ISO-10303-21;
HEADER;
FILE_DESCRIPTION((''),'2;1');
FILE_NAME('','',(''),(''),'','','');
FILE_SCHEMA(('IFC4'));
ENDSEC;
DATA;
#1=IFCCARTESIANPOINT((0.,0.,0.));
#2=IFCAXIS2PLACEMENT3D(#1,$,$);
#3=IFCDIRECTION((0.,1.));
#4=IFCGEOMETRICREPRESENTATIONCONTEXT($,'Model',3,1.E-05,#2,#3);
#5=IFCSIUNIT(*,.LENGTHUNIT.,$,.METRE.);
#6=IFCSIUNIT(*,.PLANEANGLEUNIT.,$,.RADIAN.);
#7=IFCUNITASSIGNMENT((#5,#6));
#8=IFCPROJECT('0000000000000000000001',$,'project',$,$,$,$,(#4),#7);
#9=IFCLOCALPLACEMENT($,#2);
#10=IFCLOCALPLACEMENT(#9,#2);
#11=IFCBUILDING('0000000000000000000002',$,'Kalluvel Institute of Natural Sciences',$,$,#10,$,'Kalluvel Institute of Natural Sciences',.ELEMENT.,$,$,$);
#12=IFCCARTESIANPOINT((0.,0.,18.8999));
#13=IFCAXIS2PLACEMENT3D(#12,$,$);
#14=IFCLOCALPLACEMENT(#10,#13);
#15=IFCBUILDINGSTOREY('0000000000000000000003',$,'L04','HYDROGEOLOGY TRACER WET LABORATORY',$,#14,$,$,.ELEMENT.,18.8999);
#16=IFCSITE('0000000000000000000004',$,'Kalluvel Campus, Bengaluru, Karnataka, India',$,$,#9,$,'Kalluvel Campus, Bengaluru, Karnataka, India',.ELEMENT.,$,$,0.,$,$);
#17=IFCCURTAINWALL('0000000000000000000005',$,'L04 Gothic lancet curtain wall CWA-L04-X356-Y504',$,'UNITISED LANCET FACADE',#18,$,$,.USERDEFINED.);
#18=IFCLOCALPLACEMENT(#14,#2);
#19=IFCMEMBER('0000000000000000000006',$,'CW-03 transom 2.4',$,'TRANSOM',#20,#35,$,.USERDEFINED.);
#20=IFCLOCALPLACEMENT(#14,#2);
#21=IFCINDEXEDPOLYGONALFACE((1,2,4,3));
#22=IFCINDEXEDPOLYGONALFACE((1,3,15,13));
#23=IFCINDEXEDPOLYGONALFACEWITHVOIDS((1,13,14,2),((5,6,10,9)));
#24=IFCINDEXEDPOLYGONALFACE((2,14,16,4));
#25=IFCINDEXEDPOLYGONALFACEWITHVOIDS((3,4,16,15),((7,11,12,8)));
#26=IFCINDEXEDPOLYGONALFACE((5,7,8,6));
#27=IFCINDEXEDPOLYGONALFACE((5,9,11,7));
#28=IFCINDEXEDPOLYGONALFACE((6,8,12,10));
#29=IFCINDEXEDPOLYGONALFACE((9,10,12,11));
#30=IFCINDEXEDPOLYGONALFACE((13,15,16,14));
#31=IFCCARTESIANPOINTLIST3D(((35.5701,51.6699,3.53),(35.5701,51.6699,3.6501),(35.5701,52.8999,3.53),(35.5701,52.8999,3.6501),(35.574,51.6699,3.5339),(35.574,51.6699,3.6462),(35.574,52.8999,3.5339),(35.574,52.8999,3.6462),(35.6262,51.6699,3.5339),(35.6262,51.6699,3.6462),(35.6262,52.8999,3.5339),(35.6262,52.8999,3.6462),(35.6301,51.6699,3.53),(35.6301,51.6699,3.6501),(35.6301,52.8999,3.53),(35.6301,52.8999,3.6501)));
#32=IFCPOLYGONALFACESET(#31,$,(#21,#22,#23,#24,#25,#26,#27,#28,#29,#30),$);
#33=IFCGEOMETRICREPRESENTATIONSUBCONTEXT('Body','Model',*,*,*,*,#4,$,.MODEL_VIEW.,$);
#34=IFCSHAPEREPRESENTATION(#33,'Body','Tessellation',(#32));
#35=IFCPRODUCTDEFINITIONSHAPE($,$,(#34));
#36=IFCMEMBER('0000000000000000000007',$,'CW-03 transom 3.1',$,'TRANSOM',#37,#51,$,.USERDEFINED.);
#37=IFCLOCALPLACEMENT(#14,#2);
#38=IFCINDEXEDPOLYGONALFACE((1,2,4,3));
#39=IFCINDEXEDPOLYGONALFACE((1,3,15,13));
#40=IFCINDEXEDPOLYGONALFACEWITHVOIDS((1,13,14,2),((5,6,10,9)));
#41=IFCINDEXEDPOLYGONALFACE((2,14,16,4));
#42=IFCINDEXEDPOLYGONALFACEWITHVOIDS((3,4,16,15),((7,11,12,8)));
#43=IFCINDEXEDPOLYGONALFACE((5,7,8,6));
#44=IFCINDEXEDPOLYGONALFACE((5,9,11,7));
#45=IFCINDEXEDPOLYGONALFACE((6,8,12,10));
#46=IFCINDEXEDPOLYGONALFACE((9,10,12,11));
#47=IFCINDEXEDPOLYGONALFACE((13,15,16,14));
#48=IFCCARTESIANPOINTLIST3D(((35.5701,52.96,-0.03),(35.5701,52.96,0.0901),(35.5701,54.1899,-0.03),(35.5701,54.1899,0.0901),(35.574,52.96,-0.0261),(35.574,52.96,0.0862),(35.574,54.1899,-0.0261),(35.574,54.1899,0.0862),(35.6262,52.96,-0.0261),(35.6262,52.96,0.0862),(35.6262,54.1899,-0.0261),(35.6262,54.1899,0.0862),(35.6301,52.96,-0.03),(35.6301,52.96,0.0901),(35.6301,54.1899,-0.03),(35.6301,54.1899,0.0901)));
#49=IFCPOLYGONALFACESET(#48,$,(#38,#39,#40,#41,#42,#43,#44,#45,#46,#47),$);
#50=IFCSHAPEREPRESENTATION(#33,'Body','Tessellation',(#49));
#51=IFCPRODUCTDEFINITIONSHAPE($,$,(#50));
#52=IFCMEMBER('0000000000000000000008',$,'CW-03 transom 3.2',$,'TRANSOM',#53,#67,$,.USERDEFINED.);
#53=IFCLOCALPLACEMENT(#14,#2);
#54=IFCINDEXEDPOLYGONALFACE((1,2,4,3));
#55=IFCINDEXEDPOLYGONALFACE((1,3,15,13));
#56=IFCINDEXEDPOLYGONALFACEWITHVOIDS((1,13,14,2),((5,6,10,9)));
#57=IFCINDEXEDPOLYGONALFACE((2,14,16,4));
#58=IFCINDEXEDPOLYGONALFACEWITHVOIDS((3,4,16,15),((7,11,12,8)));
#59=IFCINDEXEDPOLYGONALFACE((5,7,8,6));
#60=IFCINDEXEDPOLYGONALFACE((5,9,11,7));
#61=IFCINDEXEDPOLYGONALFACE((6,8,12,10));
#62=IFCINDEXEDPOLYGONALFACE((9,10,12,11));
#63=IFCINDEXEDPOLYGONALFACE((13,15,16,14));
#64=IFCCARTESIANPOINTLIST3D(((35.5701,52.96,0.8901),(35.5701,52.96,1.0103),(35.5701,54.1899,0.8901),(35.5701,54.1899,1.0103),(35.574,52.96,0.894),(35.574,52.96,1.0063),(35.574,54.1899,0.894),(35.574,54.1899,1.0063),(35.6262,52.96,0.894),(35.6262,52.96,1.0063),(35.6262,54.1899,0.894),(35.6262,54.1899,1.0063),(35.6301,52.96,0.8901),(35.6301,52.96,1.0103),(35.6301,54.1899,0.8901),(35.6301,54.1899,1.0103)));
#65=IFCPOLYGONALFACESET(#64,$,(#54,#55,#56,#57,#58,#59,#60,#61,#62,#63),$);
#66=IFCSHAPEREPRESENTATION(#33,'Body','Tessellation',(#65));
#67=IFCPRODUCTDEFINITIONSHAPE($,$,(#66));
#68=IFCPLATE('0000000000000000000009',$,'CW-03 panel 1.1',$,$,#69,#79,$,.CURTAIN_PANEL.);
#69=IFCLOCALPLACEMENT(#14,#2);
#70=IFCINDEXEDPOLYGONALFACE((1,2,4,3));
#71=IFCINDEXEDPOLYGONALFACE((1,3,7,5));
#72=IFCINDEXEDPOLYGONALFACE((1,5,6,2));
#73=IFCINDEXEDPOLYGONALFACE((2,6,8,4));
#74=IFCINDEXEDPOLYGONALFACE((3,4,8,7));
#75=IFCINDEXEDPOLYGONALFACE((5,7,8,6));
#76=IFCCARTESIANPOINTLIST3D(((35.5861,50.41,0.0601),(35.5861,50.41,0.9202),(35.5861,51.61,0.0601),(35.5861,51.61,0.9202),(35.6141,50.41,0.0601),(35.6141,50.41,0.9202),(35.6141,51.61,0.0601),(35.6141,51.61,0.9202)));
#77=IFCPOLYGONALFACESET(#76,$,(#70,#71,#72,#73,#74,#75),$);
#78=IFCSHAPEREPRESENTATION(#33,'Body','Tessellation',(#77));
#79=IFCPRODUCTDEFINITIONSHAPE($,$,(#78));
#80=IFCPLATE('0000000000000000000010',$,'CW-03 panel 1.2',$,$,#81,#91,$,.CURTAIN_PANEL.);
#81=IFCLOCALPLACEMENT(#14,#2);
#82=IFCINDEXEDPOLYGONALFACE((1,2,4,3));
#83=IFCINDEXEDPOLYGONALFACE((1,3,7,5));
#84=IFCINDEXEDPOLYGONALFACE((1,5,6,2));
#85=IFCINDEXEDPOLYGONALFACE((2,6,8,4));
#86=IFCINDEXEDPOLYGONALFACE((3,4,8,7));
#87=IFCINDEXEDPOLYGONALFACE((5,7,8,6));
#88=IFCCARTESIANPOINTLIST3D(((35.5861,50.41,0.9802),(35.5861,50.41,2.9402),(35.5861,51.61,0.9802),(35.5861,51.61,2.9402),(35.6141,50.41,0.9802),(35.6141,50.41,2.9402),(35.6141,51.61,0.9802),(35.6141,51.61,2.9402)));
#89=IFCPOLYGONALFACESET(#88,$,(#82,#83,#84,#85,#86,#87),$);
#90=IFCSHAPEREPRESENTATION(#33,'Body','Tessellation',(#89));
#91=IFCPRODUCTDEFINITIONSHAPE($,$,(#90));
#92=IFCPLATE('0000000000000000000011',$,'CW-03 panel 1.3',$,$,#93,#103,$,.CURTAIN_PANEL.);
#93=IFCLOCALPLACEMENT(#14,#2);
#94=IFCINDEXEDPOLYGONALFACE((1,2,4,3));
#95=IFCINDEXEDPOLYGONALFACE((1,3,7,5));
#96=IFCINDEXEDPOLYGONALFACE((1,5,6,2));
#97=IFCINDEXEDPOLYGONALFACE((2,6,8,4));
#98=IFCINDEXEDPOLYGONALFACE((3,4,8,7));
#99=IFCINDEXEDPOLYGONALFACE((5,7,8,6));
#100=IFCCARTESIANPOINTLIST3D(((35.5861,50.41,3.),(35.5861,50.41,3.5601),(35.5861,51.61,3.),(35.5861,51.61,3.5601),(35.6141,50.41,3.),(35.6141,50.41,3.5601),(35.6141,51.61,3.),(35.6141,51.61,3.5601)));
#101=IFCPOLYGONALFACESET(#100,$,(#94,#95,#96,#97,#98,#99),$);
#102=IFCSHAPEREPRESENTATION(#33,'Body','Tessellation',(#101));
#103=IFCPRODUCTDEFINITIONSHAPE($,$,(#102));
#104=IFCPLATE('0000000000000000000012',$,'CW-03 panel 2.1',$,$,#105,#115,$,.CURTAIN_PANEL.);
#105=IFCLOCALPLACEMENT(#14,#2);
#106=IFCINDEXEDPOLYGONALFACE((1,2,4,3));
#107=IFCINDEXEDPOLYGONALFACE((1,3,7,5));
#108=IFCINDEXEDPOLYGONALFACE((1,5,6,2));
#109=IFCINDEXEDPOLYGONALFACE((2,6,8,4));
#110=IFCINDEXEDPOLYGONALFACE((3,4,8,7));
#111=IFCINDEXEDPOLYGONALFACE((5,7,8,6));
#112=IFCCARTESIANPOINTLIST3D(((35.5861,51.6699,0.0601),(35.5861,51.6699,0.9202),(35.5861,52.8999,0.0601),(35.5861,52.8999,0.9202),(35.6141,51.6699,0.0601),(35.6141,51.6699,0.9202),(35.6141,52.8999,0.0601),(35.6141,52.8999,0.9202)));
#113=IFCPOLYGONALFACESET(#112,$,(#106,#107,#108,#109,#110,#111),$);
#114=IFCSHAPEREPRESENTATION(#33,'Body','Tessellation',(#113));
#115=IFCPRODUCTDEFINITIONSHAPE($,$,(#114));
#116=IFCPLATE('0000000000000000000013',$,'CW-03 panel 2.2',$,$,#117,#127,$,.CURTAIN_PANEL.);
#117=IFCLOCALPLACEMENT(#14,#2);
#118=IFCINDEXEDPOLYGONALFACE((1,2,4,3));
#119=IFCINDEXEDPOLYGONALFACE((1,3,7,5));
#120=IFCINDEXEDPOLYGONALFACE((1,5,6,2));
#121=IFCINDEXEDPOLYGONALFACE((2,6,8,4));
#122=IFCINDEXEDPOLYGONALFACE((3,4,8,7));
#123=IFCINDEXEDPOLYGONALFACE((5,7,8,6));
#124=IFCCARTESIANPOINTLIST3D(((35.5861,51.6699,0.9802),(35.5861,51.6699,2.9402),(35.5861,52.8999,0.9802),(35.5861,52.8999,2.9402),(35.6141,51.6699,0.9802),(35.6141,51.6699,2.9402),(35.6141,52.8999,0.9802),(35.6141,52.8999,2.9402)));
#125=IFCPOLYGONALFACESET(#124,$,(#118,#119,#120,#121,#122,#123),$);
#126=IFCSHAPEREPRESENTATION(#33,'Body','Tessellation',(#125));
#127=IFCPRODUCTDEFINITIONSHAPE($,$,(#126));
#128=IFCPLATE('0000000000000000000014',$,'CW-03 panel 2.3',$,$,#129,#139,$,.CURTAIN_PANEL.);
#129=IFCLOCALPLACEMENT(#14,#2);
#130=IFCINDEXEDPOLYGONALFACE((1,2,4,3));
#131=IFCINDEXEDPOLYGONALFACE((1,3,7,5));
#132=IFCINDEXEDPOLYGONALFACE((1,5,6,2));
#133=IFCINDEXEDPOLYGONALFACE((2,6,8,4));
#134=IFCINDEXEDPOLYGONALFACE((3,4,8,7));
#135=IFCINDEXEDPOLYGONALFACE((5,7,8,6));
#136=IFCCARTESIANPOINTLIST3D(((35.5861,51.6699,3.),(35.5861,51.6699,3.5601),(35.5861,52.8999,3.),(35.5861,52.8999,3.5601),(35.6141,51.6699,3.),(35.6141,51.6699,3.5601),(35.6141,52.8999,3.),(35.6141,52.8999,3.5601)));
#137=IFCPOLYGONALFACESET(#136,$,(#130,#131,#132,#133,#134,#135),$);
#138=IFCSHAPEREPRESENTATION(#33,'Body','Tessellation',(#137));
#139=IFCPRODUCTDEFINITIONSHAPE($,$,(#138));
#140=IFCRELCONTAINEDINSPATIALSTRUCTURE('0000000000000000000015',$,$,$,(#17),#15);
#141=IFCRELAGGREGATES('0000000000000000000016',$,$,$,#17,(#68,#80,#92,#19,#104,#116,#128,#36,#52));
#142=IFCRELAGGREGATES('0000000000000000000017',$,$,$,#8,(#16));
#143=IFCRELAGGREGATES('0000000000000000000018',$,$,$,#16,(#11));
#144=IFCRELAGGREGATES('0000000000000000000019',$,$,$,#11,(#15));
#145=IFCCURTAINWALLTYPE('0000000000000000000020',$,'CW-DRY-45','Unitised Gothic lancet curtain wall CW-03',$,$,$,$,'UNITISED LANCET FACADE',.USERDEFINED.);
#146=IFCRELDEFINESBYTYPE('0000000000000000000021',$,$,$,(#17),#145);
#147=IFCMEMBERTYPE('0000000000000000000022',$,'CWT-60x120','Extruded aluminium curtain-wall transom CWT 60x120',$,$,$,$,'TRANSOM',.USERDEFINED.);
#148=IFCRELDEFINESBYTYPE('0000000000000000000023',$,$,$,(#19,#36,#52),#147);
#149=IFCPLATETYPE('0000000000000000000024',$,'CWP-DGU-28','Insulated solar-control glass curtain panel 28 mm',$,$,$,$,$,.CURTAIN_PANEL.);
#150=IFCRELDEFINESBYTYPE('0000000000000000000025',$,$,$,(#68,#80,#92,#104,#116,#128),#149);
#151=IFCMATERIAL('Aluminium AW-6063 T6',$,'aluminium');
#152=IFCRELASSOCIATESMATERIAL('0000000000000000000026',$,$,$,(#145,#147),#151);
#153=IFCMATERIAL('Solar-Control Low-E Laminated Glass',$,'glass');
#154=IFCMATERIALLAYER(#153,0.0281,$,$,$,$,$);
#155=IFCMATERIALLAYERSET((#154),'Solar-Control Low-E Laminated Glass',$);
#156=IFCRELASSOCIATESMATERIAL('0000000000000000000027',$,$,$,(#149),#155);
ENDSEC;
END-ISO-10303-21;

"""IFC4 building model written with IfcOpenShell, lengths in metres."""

from ifc_helpers import new_model, si_unit, direction, frame, origin, origin_2d, place, context, subcontext, project, spatial, rectangle, hollow_rectangle, extrude, material, layer, layer_set, material_profile, profile_set, type_object, element, aggregate, save


model = new_model("IFC4")

# Units and contexts
model_context = context("Model", 3, precision=1e-05, world=origin(), true_north=direction((0.0, 1.0)))
body_context = subcontext(model_context, "Body", "Model", "MODEL_VIEW")
ifc_project = project(units=[si_unit("LENGTHUNIT", "METRE"), si_unit("PLANEANGLEUNIT", "RADIAN")], contexts=[model_context])

# Site, building, storey
site_placement = place(None, origin())
site = spatial("IfcSite", under=ifc_project, at=site_placement, Name="Kalluvel Campus, Bengaluru, Karnataka, India", LongName="Kalluvel Campus, Bengaluru, Karnataka, India", CompositionType="ELEMENT", RefElevation=0.0)
building_placement = place(site_placement, origin())
building = spatial("IfcBuilding", under=site, at=building_placement, Name="Kalluvel Institute of Natural Sciences", LongName="Kalluvel Institute of Natural Sciences", CompositionType="ELEMENT")
storey_placement = place(building_placement, frame((0.0, 0.0, 18.8999)))
storey = spatial("IfcBuildingStorey", under=building, at=storey_placement, Name="L04", Description="HYDROGEOLOGY TRACER WET LABORATORY", CompositionType="ELEMENT", Elevation=18.8999)

# Curtain wall, members, plates
ifc_material_1 = material(Name="Aluminium AW-6063 T6", Category="aluminium")
curtain_wall_type = type_object("IfcCurtainWallType", Name="CW-DRY-45", Description="Unitised Gothic lancet curtain wall CW-03", ElementType="UNITISED LANCET FACADE", PredefinedType="USERDEFINED", material=ifc_material_1)
curtain_wall_placement = place(storey_placement, origin())
curtain_wall = element("IfcCurtainWall", 1, at=curtain_wall_placement, inside=storey, type_object=curtain_wall_type, Name="L04 Gothic lancet curtain wall CWA-L04-X356-Y504", ObjectType="UNITISED LANCET FACADE", PredefinedType="USERDEFINED")
ifc_material_profile_1 = material_profile(ifc_material_1, hollow_rectangle(XDim=0.0601, YDim=0.1201, WallThickness=0.0039, at=origin_2d()), Name="CWT 60x120")
ifc_profile_set_1 = profile_set([ifc_material_profile_1], Name="Aluminium AW-6063 T6")
member_type_1 = type_object("IfcMemberType", Name="CWT-60x120", Description="Extruded aluminium curtain-wall transom CWT 60x120", ElementType="TRANSOM", PredefinedType="USERDEFINED", material=ifc_profile_set_1)
member_1_placement = place(storey_placement, frame((35.6001, 51.6699, 3.5901), z_axis=(0.0, 1.0, 0.0), x_axis=(-1.0, 0.0, 0.0)))
member_1 = element("IfcMember", 2, at=member_1_placement, type_object=member_type_1, Name="CW-03 transom 2.4", ObjectType="TRANSOM", PredefinedType="USERDEFINED", context=body_context, shape_type="SweptSolid", body=[
    extrude(hollow_rectangle(XDim=0.0601, YDim=0.1201, WallThickness=0.0039, at=origin_2d()), origin(), (0.0, 0.0, 1.0), 1.23),
])
member_2_placement = place(storey_placement, frame((35.6001, 52.96, 0.03), z_axis=(0.0, 1.0, 0.0), x_axis=(-1.0, 0.0, 0.0)))
member_2 = element("IfcMember", 3, at=member_2_placement, type_object=member_type_1, Name="CW-03 transom 3.1", ObjectType="TRANSOM", PredefinedType="USERDEFINED", context=body_context, shape_type="SweptSolid", body=[
    extrude(hollow_rectangle(XDim=0.0601, YDim=0.1201, WallThickness=0.0039, at=origin_2d()), origin(), (0.0, 0.0, 1.0), 1.23),
])
member_3_placement = place(storey_placement, frame((35.6001, 52.96, 0.9502), z_axis=(0.0, 1.0, 0.0), x_axis=(-1.0, 0.0, 0.0)))
member_3 = element("IfcMember", 4, at=member_3_placement, type_object=member_type_1, Name="CW-03 transom 3.2", ObjectType="TRANSOM", PredefinedType="USERDEFINED", context=body_context, shape_type="SweptSolid", body=[
    extrude(hollow_rectangle(XDim=0.0601, YDim=0.1201, WallThickness=0.0039, at=origin_2d()), origin(), (0.0, 0.0, 1.0), 1.23),
])
ifc_material_2 = material(Name="Solar-Control Low-E Laminated Glass", Category="glass")
ifc_layer = layer(ifc_material_2, 0.0281)
ifc_layer_set = layer_set([ifc_layer], Name="Solar-Control Low-E Laminated Glass")
plate_type = type_object("IfcPlateType", Name="CWP-DGU-28", Description="Insulated solar-control glass curtain panel 28 mm", PredefinedType="CURTAIN_PANEL", material=ifc_layer_set)
plate_1_placement = place(storey_placement, frame((35.6001, 51.01, 0.0601), z_axis=(0.0, 0.0, 1.0), x_axis=(0.0, 1.0, 0.0)))
plate_1 = element("IfcPlate", 5, at=plate_1_placement, type_object=plate_type, Name="CW-03 panel 1.1", PredefinedType="CURTAIN_PANEL", context=body_context, shape_type="SweptSolid", body=[
    extrude(rectangle(XDim=1.2, YDim=0.0281, at=origin_2d()), origin(), (0.0, 0.0, 1.0), 0.8601),
])
plate_2_placement = place(storey_placement, frame((35.6001, 51.01, 0.9802), z_axis=(0.0, 0.0, 1.0), x_axis=(0.0, 1.0, 0.0)))
plate_2 = element("IfcPlate", 6, at=plate_2_placement, type_object=plate_type, Name="CW-03 panel 1.2", PredefinedType="CURTAIN_PANEL", context=body_context, shape_type="SweptSolid", body=[
    extrude(rectangle(XDim=1.2, YDim=0.0281, at=origin_2d()), origin(), (0.0, 0.0, 1.0), 1.96),
])
plate_3_placement = place(storey_placement, frame((35.6001, 51.01, 3.0), z_axis=(0.0, 0.0, 1.0), x_axis=(0.0, 1.0, 0.0)))
plate_3 = element("IfcPlate", 7, at=plate_3_placement, type_object=plate_type, Name="CW-03 panel 1.3", PredefinedType="CURTAIN_PANEL", context=body_context, shape_type="SweptSolid", body=[
    extrude(rectangle(XDim=1.2, YDim=0.0281, at=origin_2d()), origin(), (0.0, 0.0, 1.0), 0.5601),
])
plate_4_placement = place(storey_placement, frame((35.6001, 52.2849, 0.0601), z_axis=(0.0, 0.0, 1.0), x_axis=(0.0, 1.0, 0.0)))
plate_4 = element("IfcPlate", 8, at=plate_4_placement, type_object=plate_type, Name="CW-03 panel 2.1", PredefinedType="CURTAIN_PANEL", context=body_context, shape_type="SweptSolid", body=[
    extrude(rectangle(XDim=1.23, YDim=0.0281, at=origin_2d()), origin(), (0.0, 0.0, 1.0), 0.8601),
])
plate_5_placement = place(storey_placement, frame((35.6001, 52.2849, 0.9802), z_axis=(0.0, 0.0, 1.0), x_axis=(0.0, 1.0, 0.0)))
plate_5 = element("IfcPlate", 9, at=plate_5_placement, type_object=plate_type, Name="CW-03 panel 2.2", PredefinedType="CURTAIN_PANEL", context=body_context, shape_type="SweptSolid", body=[
    extrude(rectangle(XDim=1.23, YDim=0.0281, at=origin_2d()), origin(), (0.0, 0.0, 1.0), 1.96),
])
plate_6_placement = place(storey_placement, frame((35.6001, 52.2849, 3.0), z_axis=(0.0, 0.0, 1.0), x_axis=(0.0, 1.0, 0.0)))
plate_6 = element("IfcPlate", 10, at=plate_6_placement, type_object=plate_type, Name="CW-03 panel 2.3", PredefinedType="CURTAIN_PANEL", context=body_context, shape_type="SweptSolid", body=[
    extrude(rectangle(XDim=1.23, YDim=0.0281, at=origin_2d()), origin(), (0.0, 0.0, 1.0), 0.5601),
])
aggregate(curtain_wall, [plate_1, plate_2, plate_3, member_1, plate_4, plate_5, plate_6, member_2, member_3])

save(model, "model.ifc")
